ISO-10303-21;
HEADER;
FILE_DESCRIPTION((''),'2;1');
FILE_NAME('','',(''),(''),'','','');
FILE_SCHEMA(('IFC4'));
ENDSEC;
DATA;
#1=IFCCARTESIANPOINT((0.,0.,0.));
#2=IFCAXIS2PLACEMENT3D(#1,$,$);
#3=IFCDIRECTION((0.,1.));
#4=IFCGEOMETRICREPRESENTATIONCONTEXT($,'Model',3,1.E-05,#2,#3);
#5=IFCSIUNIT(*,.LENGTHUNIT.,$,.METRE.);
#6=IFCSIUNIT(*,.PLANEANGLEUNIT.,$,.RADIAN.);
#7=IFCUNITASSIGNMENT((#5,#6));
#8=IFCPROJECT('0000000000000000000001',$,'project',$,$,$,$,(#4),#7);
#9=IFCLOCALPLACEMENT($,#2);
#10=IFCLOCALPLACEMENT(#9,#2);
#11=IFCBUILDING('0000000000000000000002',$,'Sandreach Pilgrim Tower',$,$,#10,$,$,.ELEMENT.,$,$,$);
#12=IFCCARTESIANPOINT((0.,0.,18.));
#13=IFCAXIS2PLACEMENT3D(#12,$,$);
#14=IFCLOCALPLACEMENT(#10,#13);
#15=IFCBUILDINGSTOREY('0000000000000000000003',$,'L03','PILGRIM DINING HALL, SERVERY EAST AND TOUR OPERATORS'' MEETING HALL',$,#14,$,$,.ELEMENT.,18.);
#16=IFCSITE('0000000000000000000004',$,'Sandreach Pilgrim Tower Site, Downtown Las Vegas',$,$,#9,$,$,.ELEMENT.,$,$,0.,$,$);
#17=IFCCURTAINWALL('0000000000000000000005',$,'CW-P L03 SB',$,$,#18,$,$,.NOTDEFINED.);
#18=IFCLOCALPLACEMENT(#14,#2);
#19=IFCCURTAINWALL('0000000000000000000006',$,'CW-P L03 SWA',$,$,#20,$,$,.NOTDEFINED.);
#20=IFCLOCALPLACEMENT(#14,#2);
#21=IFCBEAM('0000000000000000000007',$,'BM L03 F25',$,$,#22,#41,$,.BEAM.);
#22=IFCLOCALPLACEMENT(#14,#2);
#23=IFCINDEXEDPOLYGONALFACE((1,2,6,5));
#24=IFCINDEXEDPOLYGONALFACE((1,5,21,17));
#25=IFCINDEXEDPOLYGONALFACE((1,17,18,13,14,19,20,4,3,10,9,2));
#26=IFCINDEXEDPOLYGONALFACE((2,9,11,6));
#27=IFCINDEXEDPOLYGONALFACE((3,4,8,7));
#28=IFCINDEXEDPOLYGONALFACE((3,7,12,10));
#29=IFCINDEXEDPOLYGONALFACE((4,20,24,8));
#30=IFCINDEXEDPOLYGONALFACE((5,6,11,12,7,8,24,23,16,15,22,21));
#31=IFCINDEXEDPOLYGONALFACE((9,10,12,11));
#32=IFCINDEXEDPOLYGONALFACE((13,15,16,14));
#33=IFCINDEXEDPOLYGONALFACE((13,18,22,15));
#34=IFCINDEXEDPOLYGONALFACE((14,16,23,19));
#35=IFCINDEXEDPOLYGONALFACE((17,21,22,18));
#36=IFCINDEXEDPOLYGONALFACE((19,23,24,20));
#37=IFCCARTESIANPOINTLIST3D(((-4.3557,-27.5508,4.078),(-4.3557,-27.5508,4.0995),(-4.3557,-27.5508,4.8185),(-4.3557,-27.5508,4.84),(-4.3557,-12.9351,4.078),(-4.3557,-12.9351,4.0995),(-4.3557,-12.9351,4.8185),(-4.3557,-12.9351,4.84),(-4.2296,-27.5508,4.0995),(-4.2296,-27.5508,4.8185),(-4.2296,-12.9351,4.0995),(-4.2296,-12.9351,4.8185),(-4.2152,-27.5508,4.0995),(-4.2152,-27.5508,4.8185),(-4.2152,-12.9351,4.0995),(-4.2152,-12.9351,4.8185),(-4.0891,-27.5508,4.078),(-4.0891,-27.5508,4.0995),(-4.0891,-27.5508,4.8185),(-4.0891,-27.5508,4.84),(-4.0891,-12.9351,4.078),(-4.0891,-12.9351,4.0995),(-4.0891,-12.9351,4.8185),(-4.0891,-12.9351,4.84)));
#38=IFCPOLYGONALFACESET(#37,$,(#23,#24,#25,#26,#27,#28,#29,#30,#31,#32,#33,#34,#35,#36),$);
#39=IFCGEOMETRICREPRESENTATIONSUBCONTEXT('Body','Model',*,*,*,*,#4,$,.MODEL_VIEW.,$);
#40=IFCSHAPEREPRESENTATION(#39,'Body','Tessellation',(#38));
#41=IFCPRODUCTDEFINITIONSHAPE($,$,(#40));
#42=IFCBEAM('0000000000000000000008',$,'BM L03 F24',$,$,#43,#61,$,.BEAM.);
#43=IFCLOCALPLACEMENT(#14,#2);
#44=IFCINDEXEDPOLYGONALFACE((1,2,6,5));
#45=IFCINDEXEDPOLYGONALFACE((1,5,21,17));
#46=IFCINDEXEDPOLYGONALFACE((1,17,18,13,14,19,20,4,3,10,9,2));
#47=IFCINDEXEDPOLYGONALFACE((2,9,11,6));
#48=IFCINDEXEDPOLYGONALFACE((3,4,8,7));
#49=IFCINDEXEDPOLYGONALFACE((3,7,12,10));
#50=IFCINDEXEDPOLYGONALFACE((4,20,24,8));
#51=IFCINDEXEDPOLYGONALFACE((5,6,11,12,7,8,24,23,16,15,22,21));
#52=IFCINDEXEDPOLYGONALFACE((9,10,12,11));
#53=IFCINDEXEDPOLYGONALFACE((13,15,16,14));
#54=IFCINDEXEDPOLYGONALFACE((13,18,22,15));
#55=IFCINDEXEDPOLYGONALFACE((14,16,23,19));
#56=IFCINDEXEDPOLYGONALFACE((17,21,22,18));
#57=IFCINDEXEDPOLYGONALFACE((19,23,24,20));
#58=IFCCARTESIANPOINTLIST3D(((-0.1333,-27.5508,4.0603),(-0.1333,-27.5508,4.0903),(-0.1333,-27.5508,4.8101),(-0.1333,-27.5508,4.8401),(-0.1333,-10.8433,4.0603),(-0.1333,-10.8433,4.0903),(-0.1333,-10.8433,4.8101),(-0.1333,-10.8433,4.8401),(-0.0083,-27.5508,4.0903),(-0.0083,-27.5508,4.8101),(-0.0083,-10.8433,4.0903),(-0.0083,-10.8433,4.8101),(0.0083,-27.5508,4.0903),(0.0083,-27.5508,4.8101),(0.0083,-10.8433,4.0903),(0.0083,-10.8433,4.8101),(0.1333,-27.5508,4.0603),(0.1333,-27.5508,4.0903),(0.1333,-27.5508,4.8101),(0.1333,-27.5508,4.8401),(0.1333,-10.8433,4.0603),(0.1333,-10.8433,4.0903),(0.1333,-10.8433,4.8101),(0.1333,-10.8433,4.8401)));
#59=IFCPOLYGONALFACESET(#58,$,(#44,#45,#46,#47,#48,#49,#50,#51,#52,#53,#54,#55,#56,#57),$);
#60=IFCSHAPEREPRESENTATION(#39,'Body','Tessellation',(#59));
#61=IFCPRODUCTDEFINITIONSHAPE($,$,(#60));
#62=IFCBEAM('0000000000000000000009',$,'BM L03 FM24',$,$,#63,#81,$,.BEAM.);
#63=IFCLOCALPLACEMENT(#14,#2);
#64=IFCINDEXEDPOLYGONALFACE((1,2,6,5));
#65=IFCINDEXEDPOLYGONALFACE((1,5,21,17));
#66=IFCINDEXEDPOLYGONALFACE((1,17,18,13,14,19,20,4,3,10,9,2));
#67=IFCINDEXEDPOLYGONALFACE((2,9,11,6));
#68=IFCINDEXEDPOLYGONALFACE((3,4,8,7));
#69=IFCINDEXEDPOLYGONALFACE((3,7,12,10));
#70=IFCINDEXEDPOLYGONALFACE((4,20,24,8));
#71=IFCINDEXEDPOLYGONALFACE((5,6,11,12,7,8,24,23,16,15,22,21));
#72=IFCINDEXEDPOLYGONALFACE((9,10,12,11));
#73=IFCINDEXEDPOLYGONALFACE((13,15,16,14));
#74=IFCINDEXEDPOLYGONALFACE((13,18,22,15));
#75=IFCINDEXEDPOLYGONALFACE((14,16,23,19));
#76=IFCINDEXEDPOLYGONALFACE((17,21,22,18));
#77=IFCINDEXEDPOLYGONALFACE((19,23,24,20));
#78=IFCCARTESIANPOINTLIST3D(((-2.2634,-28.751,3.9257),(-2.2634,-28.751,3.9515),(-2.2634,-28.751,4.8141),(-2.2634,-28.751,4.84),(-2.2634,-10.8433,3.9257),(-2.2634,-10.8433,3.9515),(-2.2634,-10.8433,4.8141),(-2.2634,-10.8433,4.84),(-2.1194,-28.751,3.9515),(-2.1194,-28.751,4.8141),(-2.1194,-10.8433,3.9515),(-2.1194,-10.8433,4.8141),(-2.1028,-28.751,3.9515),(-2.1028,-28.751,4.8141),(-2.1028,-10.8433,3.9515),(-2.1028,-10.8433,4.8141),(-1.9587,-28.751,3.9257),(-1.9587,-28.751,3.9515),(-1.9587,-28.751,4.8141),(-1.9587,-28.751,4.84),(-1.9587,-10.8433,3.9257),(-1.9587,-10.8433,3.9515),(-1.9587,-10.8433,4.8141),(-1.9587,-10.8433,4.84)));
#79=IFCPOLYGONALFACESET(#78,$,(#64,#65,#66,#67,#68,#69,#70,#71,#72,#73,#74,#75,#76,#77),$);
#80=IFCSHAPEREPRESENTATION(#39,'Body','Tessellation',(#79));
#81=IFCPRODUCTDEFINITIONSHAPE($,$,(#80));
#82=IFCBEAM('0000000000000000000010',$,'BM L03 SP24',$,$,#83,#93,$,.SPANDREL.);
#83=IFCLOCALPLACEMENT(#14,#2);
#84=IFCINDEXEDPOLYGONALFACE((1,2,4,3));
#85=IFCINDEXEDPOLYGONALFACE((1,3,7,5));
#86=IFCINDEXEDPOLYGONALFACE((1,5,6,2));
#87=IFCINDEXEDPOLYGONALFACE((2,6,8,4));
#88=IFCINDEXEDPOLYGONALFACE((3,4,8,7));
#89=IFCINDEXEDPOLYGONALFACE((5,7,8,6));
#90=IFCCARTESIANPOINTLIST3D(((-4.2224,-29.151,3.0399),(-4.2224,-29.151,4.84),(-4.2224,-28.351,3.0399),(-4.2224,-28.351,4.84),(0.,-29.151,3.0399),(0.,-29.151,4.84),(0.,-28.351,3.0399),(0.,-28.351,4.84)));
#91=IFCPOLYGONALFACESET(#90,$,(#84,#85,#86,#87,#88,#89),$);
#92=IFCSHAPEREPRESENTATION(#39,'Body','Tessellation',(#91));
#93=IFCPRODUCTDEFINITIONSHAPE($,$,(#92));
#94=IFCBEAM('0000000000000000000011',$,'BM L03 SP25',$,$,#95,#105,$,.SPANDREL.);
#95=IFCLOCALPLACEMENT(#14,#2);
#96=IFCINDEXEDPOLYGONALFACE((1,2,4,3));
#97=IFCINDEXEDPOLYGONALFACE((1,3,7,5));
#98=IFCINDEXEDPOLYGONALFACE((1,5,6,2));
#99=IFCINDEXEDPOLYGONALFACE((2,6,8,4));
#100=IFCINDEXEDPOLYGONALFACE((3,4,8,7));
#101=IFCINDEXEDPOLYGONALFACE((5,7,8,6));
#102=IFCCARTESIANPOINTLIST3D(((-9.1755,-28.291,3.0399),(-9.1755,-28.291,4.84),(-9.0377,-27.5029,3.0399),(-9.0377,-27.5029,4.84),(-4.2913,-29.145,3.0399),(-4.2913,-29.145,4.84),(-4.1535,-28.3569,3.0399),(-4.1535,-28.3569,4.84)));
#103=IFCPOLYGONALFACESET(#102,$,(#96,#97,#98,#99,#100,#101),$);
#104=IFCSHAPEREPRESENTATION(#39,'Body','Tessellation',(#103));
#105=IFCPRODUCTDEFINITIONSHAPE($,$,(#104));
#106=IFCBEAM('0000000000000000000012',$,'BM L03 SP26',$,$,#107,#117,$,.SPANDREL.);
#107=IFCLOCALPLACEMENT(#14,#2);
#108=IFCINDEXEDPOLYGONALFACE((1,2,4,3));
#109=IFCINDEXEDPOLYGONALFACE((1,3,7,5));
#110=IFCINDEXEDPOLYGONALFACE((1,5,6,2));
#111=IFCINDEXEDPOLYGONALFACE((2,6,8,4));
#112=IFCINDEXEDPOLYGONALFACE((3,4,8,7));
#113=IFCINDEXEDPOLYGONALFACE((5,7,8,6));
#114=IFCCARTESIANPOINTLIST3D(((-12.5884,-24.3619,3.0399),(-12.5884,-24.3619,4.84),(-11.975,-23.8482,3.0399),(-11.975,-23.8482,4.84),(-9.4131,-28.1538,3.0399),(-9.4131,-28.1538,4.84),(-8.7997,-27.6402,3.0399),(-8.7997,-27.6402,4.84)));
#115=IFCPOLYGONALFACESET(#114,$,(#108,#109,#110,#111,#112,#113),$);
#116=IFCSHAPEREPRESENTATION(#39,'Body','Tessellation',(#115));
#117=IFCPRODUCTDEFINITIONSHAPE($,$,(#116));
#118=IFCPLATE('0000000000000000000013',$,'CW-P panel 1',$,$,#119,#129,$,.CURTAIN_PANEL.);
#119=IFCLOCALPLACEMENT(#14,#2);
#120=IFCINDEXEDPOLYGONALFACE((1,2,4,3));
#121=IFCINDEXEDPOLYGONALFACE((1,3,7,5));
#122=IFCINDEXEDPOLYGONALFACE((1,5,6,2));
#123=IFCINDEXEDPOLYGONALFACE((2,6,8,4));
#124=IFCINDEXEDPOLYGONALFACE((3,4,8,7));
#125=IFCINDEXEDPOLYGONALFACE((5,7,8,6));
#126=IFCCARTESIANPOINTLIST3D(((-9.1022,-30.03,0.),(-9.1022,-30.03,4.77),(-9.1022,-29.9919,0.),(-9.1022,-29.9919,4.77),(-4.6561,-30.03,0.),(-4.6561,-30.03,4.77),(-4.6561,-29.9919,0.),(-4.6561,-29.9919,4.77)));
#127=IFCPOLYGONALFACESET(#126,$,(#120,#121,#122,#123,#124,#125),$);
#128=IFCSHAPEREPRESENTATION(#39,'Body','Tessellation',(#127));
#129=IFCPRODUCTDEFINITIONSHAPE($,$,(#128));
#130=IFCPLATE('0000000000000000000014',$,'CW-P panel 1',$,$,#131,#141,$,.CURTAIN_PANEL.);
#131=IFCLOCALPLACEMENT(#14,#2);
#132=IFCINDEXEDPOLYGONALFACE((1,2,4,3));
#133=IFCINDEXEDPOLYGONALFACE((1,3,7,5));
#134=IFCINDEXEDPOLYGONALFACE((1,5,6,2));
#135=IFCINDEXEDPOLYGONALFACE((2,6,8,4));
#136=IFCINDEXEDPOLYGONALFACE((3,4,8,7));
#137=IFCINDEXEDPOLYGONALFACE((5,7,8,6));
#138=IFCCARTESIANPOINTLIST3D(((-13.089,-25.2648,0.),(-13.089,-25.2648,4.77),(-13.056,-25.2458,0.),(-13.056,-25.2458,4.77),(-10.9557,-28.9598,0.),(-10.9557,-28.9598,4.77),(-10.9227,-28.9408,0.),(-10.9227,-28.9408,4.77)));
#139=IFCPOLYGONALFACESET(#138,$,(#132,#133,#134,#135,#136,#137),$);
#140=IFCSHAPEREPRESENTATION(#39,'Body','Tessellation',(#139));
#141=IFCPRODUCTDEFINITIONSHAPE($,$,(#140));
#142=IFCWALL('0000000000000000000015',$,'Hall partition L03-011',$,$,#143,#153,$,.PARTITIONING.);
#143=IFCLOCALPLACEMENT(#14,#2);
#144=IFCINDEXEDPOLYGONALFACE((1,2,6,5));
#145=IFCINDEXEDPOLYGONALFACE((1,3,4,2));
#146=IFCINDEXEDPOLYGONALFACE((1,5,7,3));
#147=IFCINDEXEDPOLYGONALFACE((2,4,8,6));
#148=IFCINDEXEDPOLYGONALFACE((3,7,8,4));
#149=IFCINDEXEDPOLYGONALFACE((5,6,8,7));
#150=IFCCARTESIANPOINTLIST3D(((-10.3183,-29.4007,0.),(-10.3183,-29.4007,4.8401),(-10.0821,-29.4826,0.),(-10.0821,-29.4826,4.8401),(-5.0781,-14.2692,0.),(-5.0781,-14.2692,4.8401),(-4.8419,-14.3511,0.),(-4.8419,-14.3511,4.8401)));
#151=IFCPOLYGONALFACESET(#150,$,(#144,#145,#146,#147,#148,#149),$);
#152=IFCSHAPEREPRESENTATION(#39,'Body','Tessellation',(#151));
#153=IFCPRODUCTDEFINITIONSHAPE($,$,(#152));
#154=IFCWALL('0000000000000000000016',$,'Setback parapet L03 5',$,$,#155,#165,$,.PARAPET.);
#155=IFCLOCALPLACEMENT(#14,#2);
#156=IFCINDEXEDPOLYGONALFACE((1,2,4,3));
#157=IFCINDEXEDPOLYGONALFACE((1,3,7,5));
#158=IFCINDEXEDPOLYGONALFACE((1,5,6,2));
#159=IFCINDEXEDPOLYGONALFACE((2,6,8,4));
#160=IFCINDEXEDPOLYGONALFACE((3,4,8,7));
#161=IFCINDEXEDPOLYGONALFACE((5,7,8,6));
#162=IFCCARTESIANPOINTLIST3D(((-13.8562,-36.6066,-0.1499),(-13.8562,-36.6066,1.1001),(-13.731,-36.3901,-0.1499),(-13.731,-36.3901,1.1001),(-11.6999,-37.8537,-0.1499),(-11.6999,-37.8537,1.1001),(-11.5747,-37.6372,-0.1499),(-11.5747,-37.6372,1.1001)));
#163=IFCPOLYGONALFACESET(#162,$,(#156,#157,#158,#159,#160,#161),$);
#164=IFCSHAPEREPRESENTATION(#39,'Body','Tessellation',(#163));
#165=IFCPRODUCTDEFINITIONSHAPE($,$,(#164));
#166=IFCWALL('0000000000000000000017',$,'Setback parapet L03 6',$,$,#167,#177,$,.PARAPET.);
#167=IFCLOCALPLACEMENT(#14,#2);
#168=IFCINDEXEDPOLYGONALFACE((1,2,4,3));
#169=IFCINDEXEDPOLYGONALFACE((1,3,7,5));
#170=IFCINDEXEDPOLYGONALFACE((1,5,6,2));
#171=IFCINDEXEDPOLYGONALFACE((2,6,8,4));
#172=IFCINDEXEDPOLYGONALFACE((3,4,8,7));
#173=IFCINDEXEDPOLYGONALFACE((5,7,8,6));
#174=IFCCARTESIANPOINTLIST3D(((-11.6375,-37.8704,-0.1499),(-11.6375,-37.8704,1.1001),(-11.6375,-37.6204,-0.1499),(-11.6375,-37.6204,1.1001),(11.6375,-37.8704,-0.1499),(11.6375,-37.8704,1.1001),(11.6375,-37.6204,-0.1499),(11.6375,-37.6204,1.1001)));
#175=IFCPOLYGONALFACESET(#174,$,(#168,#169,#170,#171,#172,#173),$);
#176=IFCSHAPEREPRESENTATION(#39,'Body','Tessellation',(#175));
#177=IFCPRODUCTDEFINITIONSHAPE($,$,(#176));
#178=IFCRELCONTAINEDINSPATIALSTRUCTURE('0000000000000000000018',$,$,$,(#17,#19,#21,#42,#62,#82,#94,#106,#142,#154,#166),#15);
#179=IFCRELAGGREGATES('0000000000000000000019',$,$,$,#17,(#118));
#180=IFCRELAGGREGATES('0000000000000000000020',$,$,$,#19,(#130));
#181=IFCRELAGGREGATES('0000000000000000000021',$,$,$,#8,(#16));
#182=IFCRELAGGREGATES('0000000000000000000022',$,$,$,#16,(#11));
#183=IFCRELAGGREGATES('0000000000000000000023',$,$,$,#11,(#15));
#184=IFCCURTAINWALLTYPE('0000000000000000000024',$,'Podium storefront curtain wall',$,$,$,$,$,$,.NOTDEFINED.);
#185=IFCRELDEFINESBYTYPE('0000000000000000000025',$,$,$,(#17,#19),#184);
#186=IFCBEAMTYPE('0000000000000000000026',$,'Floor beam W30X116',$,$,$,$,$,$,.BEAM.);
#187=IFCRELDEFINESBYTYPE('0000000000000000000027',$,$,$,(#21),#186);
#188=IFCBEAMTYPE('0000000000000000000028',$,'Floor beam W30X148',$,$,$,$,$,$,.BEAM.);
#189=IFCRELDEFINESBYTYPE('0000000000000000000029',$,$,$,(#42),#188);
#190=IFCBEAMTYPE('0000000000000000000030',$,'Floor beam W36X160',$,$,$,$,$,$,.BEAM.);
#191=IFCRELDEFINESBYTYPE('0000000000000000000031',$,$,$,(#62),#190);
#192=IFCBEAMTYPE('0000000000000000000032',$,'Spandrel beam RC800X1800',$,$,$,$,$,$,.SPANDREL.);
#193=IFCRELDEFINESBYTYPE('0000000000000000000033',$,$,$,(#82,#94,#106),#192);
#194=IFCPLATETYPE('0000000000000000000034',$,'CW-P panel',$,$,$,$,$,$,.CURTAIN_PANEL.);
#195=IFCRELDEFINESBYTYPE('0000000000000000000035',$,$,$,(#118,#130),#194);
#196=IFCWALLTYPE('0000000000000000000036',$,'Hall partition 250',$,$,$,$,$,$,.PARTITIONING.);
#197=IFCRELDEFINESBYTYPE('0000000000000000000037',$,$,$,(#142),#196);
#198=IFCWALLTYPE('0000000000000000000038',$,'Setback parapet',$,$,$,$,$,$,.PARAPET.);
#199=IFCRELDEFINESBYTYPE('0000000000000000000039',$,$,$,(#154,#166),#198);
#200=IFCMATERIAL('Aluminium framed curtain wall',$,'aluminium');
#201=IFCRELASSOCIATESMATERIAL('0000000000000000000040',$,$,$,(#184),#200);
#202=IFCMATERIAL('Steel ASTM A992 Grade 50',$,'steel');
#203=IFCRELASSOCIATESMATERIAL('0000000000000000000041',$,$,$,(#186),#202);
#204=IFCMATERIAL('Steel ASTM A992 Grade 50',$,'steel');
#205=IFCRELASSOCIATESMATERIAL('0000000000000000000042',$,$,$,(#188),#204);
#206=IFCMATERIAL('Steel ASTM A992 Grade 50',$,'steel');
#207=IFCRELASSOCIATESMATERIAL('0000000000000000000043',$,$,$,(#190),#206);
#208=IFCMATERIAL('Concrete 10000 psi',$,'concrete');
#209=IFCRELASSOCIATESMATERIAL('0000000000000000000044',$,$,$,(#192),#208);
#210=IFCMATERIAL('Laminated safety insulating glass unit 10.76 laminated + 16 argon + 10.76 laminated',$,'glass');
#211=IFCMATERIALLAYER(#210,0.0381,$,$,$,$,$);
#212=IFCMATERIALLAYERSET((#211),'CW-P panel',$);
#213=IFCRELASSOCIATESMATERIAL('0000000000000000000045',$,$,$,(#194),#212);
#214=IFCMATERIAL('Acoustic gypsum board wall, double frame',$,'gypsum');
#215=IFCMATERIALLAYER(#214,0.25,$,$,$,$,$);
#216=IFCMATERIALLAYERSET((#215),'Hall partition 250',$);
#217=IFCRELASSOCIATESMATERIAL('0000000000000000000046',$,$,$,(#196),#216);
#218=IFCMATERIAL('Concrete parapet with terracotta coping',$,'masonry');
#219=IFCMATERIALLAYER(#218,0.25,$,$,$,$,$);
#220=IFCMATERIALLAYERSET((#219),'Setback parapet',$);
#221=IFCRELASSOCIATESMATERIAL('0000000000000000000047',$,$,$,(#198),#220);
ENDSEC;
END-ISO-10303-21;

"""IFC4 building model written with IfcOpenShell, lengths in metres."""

from ifc_helpers import new_model, si_unit, direction, frame, frame_2d, origin, origin_2d, place, context, subcontext, project, spatial, rectangle, i_section, extrude, material, layer, layer_set, material_profile, profile_set, type_object, element, aggregate, save


model = new_model("IFC4")

# Units and contexts
model_context = context("Model", 3, precision=1e-05, world=origin(), true_north=direction((0.0, 1.0)))
body_context = subcontext(model_context, "Body", "Model", "MODEL_VIEW")
ifc_project = project(units=[si_unit("LENGTHUNIT", "METRE"), si_unit("PLANEANGLEUNIT", "RADIAN")], contexts=[model_context])

# Site, building, storey
site_placement = place(None, origin())
site = spatial("IfcSite", under=ifc_project, at=site_placement, Name="Sandreach Pilgrim Tower Site, Downtown Las Vegas", CompositionType="ELEMENT", RefElevation=0.0)
building_placement = place(site_placement, origin())
building = spatial("IfcBuilding", under=site, at=building_placement, Name="Sandreach Pilgrim Tower", CompositionType="ELEMENT")
storey_placement = place(building_placement, frame((0.0, 0.0, 18.0)))
storey = spatial("IfcBuildingStorey", under=building, at=storey_placement, Name="L03", Description="PILGRIM DINING HALL, SERVERY EAST AND TOUR OPERATORS' MEETING HALL", CompositionType="ELEMENT", Elevation=18.0)

# Curtain wall
ifc_material_1 = material(Name="Aluminium framed curtain wall", Category="aluminium")
curtain_wall_type = type_object("IfcCurtainWallType", Name="Podium storefront curtain wall", PredefinedType="NOTDEFINED", material=ifc_material_1)
curtain_wall_1_placement = place(storey_placement, origin())
curtain_wall_1 = element("IfcCurtainWall", 1, at=curtain_wall_1_placement, inside=storey, type_object=curtain_wall_type, Name="CW-P L03 SB", PredefinedType="NOTDEFINED")

# Curtain wall
curtain_wall_2_placement = place(storey_placement, origin())
curtain_wall_2 = element("IfcCurtainWall", 2, at=curtain_wall_2_placement, inside=storey, type_object=curtain_wall_type, Name="CW-P L03 SWA", PredefinedType="NOTDEFINED")

# Beams
ifc_material_2 = material(Name="Steel ASTM A992 Grade 50", Category="steel")
ifc_material_profile_1 = material_profile(ifc_material_2, i_section(OverallWidth=0.2666, OverallDepth=0.762, WebThickness=0.0144, FlangeThickness=0.0215, at=origin_2d()), Name="W30X116")
ifc_profile_set_1 = profile_set([ifc_material_profile_1], Name="Steel ASTM A992 Grade 50")
beam_type_1 = type_object("IfcBeamType", Name="Floor beam W30X116", PredefinedType="BEAM", material=ifc_profile_set_1)
beam_1_placement = place(storey_placement, frame((-4.2224, -27.5508, 4.459), z_axis=(0.0, 1.0, 0.0), x_axis=(-1.0, 0.0, 0.0)))
element("IfcBeam", 3, at=beam_1_placement, inside=storey, type_object=beam_type_1, Name="BM L03 F25", PredefinedType="BEAM", context=body_context, shape_type="SweptSolid", body=[
    extrude(i_section(OverallWidth=0.2666, OverallDepth=0.762, WebThickness=0.0144, FlangeThickness=0.0215, at=origin_2d()), origin(), (0.0, 0.0, 1.0), 14.6157),
])
ifc_material_3 = material(Name="Steel ASTM A992 Grade 50", Category="steel")
ifc_material_profile_2 = material_profile(ifc_material_3, i_section(OverallWidth=0.2666, OverallDepth=0.7798, WebThickness=0.0166, FlangeThickness=0.03, at=origin_2d()), Name="W30X148")
ifc_profile_set_2 = profile_set([ifc_material_profile_2], Name="Steel ASTM A992 Grade 50")
beam_type_2 = type_object("IfcBeamType", Name="Floor beam W30X148", PredefinedType="BEAM", material=ifc_profile_set_2)
beam_2_placement = place(storey_placement, frame((0.0, -27.5508, 4.4502), z_axis=(0.0, 1.0, 0.0), x_axis=(-1.0, 0.0, 0.0)))
element("IfcBeam", 4, at=beam_2_placement, inside=storey, type_object=beam_type_2, Name="BM L03 F24", PredefinedType="BEAM", context=body_context, shape_type="SweptSolid", body=[
    extrude(i_section(OverallWidth=0.2666, OverallDepth=0.7798, WebThickness=0.0166, FlangeThickness=0.03, at=origin_2d()), origin(), (0.0, 0.0, 1.0), 16.7075),
])
ifc_material_4 = material(Name="Steel ASTM A992 Grade 50", Category="steel")
ifc_material_profile_3 = material_profile(ifc_material_4, i_section(OverallWidth=0.3047, OverallDepth=0.9143, WebThickness=0.0166, FlangeThickness=0.0259, at=origin_2d()), Name="W36X160")
ifc_profile_set_3 = profile_set([ifc_material_profile_3], Name="Steel ASTM A992 Grade 50")
beam_type_3 = type_object("IfcBeamType", Name="Floor beam W36X160", PredefinedType="BEAM", material=ifc_profile_set_3)
beam_3_placement = place(storey_placement, frame((-2.1111, -28.751, 4.3828), z_axis=(0.0, 1.0, 0.0), x_axis=(-1.0, 0.0, 0.0)))
element("IfcBeam", 5, at=beam_3_placement, inside=storey, type_object=beam_type_3, Name="BM L03 FM24", PredefinedType="BEAM", context=body_context, shape_type="SweptSolid", body=[
    extrude(i_section(OverallWidth=0.3047, OverallDepth=0.9143, WebThickness=0.0166, FlangeThickness=0.0259, at=origin_2d()), origin(), (0.0, 0.0, 1.0), 17.9077),
])
ifc_material_5 = material(Name="Concrete 10000 psi", Category="concrete")
ifc_material_profile_4 = material_profile(ifc_material_5, rectangle(XDim=0.8, YDim=1.8, at=origin_2d()), Name="RC800X1800")
ifc_profile_set_4 = profile_set([ifc_material_profile_4], Name="Concrete 10000 psi")
beam_type_4 = type_object("IfcBeamType", Name="Spandrel beam RC800X1800", PredefinedType="SPANDREL", material=ifc_profile_set_4)
beam_4_placement = place(storey_placement, frame((0.0, -28.751, 3.9399), z_axis=(-1.0, 0.0, 0.0), x_axis=(0.0, -1.0, 0.0)))
element("IfcBeam", 6, at=beam_4_placement, inside=storey, type_object=beam_type_4, Name="BM L03 SP24", PredefinedType="SPANDREL", context=body_context, shape_type="SweptSolid", body=[
    extrude(rectangle(XDim=0.8, YDim=1.8, at=origin_2d()), origin(), (0.0, 0.0, 1.0), 4.2224),
])
beam_5_placement = place(storey_placement, frame((-4.2224, -28.751, 3.9399), z_axis=(-0.985054, 0.172243, 0.0), x_axis=(-0.172243, -0.985054, 0.0)))
element("IfcBeam", 7, at=beam_5_placement, inside=storey, type_object=beam_type_4, Name="BM L03 SP25", PredefinedType="SPANDREL", context=body_context, shape_type="SweptSolid", body=[
    extrude(rectangle(XDim=0.8, YDim=1.8, at=origin_2d()), origin(), (0.0, 0.0, 1.0), 4.9583),
])
beam_6_placement = place(storey_placement, frame((-9.1064, -27.897, 3.9399), z_axis=(-0.642008, 0.766698, 0.0), x_axis=(-0.766698, -0.642008, 0.0)))
element("IfcBeam", 8, at=beam_6_placement, inside=storey, type_object=beam_type_4, Name="BM L03 SP26", PredefinedType="SPANDREL", context=body_context, shape_type="SweptSolid", body=[
    extrude(rectangle(XDim=0.8, YDim=1.8, at=origin_2d()), origin(), (0.0, 0.0, 1.0), 4.9458),
])

# Plates
ifc_material_6 = material(Name="Laminated safety insulating glass unit 10.76 laminated + 16 argon + 10.76 laminated", Category="glass")
ifc_layer_1 = layer(ifc_material_6, 0.0381)
ifc_layer_set_1 = layer_set([ifc_layer_1], Name="CW-P panel")
plate_type = type_object("IfcPlateType", Name="CW-P panel", PredefinedType="CURTAIN_PANEL", material=ifc_layer_set_1)
plate_1_placement = place(storey_placement, frame((-6.8792, -30.011, 0.0), z_axis=(0.0, 0.0, 1.0), x_axis=(-1.0, 0.0, 0.0)))
plate_1 = element("IfcPlate", 9, at=plate_1_placement, type_object=plate_type, Name="CW-P panel 1", PredefinedType="CURTAIN_PANEL", context=body_context, shape_type="SweptSolid", body=[
    extrude(rectangle(XDim=4.446, YDim=0.0381, at=origin_2d()), origin(), (0.0, 0.0, 1.0), 4.77),
])
aggregate(curtain_wall_1, [plate_1])
plate_2_placement = place(storey_placement, frame((-12.0059, -27.1028, 0.0), z_axis=(0.0, 0.0, 1.0), x_axis=(-0.5, 0.866025, 0.0)))
plate_2 = element("IfcPlate", 10, at=plate_2_placement, type_object=plate_type, Name="CW-P panel 1", PredefinedType="CURTAIN_PANEL", context=body_context, shape_type="SweptSolid", body=[
    extrude(rectangle(XDim=4.2666, YDim=0.0381, at=origin_2d()), origin(), (0.0, 0.0, 1.0), 4.77),
])
aggregate(curtain_wall_2, [plate_2])

# Walls
ifc_material_7 = material(Name="Acoustic gypsum board wall, double frame", Category="gypsum")
ifc_layer_2 = layer(ifc_material_7, 0.25)
ifc_layer_set_2 = layer_set([ifc_layer_2], Name="Hall partition 250")
wall_type_1 = type_object("IfcWallType", Name="Hall partition 250", PredefinedType="PARTITIONING", material=ifc_layer_set_2)
wall_1_placement = place(storey_placement, frame((-10.2002, -29.4417, 0.0), z_axis=(0.0, 0.0, 1.0), x_axis=(0.327243, 0.94494, 0.0)))
element("IfcWall", 11, at=wall_1_placement, inside=storey, type_object=wall_type_1, Name="Hall partition L03-011", PredefinedType="PARTITIONING", context=body_context, shape_type="SweptSolid", body=[
    extrude(rectangle(XDim=16.0132, YDim=0.25, at=frame_2d((8.0066, 0.0))), origin(), (0.0, 0.0, 1.0), 4.8401),
])
ifc_material_8 = material(Name="Concrete parapet with terracotta coping", Category="masonry")
ifc_layer_3 = layer(ifc_material_8, 0.25)
ifc_layer_set_3 = layer_set([ifc_layer_3], Name="Setback parapet")
wall_type_2 = type_object("IfcWallType", Name="Setback parapet", PredefinedType="PARAPET", material=ifc_layer_set_3)
wall_2_placement = place(storey_placement, frame((-13.7937, -36.4983, -0.1499), z_axis=(0.0, 0.0, 1.0), x_axis=(0.86565, -0.50065, 0.0)))
element("IfcWall", 12, at=wall_2_placement, inside=storey, type_object=wall_type_2, Name="Setback parapet L03 5", PredefinedType="PARAPET", context=body_context, shape_type="SweptSolid", body=[
    extrude(rectangle(XDim=2.491, YDim=0.25, at=frame_2d((1.2456, 0.0))), origin(), (0.0, 0.0, 1.0), 1.25),
])
wall_3_placement = place(storey_placement, frame((-11.6375, -37.7454, -0.1499), z_axis=(0.0, 0.0, 1.0), x_axis=(1.0, 0.0, 0.0)))
element("IfcWall", 13, at=wall_3_placement, inside=storey, type_object=wall_type_2, Name="Setback parapet L03 6", PredefinedType="PARAPET", context=body_context, shape_type="SweptSolid", body=[
    extrude(rectangle(XDim=23.2749, YDim=0.25, at=frame_2d((11.6375, 0.0))), origin(), (0.0, 0.0, 1.0), 1.25),
])

save(model, "model.ifc")
